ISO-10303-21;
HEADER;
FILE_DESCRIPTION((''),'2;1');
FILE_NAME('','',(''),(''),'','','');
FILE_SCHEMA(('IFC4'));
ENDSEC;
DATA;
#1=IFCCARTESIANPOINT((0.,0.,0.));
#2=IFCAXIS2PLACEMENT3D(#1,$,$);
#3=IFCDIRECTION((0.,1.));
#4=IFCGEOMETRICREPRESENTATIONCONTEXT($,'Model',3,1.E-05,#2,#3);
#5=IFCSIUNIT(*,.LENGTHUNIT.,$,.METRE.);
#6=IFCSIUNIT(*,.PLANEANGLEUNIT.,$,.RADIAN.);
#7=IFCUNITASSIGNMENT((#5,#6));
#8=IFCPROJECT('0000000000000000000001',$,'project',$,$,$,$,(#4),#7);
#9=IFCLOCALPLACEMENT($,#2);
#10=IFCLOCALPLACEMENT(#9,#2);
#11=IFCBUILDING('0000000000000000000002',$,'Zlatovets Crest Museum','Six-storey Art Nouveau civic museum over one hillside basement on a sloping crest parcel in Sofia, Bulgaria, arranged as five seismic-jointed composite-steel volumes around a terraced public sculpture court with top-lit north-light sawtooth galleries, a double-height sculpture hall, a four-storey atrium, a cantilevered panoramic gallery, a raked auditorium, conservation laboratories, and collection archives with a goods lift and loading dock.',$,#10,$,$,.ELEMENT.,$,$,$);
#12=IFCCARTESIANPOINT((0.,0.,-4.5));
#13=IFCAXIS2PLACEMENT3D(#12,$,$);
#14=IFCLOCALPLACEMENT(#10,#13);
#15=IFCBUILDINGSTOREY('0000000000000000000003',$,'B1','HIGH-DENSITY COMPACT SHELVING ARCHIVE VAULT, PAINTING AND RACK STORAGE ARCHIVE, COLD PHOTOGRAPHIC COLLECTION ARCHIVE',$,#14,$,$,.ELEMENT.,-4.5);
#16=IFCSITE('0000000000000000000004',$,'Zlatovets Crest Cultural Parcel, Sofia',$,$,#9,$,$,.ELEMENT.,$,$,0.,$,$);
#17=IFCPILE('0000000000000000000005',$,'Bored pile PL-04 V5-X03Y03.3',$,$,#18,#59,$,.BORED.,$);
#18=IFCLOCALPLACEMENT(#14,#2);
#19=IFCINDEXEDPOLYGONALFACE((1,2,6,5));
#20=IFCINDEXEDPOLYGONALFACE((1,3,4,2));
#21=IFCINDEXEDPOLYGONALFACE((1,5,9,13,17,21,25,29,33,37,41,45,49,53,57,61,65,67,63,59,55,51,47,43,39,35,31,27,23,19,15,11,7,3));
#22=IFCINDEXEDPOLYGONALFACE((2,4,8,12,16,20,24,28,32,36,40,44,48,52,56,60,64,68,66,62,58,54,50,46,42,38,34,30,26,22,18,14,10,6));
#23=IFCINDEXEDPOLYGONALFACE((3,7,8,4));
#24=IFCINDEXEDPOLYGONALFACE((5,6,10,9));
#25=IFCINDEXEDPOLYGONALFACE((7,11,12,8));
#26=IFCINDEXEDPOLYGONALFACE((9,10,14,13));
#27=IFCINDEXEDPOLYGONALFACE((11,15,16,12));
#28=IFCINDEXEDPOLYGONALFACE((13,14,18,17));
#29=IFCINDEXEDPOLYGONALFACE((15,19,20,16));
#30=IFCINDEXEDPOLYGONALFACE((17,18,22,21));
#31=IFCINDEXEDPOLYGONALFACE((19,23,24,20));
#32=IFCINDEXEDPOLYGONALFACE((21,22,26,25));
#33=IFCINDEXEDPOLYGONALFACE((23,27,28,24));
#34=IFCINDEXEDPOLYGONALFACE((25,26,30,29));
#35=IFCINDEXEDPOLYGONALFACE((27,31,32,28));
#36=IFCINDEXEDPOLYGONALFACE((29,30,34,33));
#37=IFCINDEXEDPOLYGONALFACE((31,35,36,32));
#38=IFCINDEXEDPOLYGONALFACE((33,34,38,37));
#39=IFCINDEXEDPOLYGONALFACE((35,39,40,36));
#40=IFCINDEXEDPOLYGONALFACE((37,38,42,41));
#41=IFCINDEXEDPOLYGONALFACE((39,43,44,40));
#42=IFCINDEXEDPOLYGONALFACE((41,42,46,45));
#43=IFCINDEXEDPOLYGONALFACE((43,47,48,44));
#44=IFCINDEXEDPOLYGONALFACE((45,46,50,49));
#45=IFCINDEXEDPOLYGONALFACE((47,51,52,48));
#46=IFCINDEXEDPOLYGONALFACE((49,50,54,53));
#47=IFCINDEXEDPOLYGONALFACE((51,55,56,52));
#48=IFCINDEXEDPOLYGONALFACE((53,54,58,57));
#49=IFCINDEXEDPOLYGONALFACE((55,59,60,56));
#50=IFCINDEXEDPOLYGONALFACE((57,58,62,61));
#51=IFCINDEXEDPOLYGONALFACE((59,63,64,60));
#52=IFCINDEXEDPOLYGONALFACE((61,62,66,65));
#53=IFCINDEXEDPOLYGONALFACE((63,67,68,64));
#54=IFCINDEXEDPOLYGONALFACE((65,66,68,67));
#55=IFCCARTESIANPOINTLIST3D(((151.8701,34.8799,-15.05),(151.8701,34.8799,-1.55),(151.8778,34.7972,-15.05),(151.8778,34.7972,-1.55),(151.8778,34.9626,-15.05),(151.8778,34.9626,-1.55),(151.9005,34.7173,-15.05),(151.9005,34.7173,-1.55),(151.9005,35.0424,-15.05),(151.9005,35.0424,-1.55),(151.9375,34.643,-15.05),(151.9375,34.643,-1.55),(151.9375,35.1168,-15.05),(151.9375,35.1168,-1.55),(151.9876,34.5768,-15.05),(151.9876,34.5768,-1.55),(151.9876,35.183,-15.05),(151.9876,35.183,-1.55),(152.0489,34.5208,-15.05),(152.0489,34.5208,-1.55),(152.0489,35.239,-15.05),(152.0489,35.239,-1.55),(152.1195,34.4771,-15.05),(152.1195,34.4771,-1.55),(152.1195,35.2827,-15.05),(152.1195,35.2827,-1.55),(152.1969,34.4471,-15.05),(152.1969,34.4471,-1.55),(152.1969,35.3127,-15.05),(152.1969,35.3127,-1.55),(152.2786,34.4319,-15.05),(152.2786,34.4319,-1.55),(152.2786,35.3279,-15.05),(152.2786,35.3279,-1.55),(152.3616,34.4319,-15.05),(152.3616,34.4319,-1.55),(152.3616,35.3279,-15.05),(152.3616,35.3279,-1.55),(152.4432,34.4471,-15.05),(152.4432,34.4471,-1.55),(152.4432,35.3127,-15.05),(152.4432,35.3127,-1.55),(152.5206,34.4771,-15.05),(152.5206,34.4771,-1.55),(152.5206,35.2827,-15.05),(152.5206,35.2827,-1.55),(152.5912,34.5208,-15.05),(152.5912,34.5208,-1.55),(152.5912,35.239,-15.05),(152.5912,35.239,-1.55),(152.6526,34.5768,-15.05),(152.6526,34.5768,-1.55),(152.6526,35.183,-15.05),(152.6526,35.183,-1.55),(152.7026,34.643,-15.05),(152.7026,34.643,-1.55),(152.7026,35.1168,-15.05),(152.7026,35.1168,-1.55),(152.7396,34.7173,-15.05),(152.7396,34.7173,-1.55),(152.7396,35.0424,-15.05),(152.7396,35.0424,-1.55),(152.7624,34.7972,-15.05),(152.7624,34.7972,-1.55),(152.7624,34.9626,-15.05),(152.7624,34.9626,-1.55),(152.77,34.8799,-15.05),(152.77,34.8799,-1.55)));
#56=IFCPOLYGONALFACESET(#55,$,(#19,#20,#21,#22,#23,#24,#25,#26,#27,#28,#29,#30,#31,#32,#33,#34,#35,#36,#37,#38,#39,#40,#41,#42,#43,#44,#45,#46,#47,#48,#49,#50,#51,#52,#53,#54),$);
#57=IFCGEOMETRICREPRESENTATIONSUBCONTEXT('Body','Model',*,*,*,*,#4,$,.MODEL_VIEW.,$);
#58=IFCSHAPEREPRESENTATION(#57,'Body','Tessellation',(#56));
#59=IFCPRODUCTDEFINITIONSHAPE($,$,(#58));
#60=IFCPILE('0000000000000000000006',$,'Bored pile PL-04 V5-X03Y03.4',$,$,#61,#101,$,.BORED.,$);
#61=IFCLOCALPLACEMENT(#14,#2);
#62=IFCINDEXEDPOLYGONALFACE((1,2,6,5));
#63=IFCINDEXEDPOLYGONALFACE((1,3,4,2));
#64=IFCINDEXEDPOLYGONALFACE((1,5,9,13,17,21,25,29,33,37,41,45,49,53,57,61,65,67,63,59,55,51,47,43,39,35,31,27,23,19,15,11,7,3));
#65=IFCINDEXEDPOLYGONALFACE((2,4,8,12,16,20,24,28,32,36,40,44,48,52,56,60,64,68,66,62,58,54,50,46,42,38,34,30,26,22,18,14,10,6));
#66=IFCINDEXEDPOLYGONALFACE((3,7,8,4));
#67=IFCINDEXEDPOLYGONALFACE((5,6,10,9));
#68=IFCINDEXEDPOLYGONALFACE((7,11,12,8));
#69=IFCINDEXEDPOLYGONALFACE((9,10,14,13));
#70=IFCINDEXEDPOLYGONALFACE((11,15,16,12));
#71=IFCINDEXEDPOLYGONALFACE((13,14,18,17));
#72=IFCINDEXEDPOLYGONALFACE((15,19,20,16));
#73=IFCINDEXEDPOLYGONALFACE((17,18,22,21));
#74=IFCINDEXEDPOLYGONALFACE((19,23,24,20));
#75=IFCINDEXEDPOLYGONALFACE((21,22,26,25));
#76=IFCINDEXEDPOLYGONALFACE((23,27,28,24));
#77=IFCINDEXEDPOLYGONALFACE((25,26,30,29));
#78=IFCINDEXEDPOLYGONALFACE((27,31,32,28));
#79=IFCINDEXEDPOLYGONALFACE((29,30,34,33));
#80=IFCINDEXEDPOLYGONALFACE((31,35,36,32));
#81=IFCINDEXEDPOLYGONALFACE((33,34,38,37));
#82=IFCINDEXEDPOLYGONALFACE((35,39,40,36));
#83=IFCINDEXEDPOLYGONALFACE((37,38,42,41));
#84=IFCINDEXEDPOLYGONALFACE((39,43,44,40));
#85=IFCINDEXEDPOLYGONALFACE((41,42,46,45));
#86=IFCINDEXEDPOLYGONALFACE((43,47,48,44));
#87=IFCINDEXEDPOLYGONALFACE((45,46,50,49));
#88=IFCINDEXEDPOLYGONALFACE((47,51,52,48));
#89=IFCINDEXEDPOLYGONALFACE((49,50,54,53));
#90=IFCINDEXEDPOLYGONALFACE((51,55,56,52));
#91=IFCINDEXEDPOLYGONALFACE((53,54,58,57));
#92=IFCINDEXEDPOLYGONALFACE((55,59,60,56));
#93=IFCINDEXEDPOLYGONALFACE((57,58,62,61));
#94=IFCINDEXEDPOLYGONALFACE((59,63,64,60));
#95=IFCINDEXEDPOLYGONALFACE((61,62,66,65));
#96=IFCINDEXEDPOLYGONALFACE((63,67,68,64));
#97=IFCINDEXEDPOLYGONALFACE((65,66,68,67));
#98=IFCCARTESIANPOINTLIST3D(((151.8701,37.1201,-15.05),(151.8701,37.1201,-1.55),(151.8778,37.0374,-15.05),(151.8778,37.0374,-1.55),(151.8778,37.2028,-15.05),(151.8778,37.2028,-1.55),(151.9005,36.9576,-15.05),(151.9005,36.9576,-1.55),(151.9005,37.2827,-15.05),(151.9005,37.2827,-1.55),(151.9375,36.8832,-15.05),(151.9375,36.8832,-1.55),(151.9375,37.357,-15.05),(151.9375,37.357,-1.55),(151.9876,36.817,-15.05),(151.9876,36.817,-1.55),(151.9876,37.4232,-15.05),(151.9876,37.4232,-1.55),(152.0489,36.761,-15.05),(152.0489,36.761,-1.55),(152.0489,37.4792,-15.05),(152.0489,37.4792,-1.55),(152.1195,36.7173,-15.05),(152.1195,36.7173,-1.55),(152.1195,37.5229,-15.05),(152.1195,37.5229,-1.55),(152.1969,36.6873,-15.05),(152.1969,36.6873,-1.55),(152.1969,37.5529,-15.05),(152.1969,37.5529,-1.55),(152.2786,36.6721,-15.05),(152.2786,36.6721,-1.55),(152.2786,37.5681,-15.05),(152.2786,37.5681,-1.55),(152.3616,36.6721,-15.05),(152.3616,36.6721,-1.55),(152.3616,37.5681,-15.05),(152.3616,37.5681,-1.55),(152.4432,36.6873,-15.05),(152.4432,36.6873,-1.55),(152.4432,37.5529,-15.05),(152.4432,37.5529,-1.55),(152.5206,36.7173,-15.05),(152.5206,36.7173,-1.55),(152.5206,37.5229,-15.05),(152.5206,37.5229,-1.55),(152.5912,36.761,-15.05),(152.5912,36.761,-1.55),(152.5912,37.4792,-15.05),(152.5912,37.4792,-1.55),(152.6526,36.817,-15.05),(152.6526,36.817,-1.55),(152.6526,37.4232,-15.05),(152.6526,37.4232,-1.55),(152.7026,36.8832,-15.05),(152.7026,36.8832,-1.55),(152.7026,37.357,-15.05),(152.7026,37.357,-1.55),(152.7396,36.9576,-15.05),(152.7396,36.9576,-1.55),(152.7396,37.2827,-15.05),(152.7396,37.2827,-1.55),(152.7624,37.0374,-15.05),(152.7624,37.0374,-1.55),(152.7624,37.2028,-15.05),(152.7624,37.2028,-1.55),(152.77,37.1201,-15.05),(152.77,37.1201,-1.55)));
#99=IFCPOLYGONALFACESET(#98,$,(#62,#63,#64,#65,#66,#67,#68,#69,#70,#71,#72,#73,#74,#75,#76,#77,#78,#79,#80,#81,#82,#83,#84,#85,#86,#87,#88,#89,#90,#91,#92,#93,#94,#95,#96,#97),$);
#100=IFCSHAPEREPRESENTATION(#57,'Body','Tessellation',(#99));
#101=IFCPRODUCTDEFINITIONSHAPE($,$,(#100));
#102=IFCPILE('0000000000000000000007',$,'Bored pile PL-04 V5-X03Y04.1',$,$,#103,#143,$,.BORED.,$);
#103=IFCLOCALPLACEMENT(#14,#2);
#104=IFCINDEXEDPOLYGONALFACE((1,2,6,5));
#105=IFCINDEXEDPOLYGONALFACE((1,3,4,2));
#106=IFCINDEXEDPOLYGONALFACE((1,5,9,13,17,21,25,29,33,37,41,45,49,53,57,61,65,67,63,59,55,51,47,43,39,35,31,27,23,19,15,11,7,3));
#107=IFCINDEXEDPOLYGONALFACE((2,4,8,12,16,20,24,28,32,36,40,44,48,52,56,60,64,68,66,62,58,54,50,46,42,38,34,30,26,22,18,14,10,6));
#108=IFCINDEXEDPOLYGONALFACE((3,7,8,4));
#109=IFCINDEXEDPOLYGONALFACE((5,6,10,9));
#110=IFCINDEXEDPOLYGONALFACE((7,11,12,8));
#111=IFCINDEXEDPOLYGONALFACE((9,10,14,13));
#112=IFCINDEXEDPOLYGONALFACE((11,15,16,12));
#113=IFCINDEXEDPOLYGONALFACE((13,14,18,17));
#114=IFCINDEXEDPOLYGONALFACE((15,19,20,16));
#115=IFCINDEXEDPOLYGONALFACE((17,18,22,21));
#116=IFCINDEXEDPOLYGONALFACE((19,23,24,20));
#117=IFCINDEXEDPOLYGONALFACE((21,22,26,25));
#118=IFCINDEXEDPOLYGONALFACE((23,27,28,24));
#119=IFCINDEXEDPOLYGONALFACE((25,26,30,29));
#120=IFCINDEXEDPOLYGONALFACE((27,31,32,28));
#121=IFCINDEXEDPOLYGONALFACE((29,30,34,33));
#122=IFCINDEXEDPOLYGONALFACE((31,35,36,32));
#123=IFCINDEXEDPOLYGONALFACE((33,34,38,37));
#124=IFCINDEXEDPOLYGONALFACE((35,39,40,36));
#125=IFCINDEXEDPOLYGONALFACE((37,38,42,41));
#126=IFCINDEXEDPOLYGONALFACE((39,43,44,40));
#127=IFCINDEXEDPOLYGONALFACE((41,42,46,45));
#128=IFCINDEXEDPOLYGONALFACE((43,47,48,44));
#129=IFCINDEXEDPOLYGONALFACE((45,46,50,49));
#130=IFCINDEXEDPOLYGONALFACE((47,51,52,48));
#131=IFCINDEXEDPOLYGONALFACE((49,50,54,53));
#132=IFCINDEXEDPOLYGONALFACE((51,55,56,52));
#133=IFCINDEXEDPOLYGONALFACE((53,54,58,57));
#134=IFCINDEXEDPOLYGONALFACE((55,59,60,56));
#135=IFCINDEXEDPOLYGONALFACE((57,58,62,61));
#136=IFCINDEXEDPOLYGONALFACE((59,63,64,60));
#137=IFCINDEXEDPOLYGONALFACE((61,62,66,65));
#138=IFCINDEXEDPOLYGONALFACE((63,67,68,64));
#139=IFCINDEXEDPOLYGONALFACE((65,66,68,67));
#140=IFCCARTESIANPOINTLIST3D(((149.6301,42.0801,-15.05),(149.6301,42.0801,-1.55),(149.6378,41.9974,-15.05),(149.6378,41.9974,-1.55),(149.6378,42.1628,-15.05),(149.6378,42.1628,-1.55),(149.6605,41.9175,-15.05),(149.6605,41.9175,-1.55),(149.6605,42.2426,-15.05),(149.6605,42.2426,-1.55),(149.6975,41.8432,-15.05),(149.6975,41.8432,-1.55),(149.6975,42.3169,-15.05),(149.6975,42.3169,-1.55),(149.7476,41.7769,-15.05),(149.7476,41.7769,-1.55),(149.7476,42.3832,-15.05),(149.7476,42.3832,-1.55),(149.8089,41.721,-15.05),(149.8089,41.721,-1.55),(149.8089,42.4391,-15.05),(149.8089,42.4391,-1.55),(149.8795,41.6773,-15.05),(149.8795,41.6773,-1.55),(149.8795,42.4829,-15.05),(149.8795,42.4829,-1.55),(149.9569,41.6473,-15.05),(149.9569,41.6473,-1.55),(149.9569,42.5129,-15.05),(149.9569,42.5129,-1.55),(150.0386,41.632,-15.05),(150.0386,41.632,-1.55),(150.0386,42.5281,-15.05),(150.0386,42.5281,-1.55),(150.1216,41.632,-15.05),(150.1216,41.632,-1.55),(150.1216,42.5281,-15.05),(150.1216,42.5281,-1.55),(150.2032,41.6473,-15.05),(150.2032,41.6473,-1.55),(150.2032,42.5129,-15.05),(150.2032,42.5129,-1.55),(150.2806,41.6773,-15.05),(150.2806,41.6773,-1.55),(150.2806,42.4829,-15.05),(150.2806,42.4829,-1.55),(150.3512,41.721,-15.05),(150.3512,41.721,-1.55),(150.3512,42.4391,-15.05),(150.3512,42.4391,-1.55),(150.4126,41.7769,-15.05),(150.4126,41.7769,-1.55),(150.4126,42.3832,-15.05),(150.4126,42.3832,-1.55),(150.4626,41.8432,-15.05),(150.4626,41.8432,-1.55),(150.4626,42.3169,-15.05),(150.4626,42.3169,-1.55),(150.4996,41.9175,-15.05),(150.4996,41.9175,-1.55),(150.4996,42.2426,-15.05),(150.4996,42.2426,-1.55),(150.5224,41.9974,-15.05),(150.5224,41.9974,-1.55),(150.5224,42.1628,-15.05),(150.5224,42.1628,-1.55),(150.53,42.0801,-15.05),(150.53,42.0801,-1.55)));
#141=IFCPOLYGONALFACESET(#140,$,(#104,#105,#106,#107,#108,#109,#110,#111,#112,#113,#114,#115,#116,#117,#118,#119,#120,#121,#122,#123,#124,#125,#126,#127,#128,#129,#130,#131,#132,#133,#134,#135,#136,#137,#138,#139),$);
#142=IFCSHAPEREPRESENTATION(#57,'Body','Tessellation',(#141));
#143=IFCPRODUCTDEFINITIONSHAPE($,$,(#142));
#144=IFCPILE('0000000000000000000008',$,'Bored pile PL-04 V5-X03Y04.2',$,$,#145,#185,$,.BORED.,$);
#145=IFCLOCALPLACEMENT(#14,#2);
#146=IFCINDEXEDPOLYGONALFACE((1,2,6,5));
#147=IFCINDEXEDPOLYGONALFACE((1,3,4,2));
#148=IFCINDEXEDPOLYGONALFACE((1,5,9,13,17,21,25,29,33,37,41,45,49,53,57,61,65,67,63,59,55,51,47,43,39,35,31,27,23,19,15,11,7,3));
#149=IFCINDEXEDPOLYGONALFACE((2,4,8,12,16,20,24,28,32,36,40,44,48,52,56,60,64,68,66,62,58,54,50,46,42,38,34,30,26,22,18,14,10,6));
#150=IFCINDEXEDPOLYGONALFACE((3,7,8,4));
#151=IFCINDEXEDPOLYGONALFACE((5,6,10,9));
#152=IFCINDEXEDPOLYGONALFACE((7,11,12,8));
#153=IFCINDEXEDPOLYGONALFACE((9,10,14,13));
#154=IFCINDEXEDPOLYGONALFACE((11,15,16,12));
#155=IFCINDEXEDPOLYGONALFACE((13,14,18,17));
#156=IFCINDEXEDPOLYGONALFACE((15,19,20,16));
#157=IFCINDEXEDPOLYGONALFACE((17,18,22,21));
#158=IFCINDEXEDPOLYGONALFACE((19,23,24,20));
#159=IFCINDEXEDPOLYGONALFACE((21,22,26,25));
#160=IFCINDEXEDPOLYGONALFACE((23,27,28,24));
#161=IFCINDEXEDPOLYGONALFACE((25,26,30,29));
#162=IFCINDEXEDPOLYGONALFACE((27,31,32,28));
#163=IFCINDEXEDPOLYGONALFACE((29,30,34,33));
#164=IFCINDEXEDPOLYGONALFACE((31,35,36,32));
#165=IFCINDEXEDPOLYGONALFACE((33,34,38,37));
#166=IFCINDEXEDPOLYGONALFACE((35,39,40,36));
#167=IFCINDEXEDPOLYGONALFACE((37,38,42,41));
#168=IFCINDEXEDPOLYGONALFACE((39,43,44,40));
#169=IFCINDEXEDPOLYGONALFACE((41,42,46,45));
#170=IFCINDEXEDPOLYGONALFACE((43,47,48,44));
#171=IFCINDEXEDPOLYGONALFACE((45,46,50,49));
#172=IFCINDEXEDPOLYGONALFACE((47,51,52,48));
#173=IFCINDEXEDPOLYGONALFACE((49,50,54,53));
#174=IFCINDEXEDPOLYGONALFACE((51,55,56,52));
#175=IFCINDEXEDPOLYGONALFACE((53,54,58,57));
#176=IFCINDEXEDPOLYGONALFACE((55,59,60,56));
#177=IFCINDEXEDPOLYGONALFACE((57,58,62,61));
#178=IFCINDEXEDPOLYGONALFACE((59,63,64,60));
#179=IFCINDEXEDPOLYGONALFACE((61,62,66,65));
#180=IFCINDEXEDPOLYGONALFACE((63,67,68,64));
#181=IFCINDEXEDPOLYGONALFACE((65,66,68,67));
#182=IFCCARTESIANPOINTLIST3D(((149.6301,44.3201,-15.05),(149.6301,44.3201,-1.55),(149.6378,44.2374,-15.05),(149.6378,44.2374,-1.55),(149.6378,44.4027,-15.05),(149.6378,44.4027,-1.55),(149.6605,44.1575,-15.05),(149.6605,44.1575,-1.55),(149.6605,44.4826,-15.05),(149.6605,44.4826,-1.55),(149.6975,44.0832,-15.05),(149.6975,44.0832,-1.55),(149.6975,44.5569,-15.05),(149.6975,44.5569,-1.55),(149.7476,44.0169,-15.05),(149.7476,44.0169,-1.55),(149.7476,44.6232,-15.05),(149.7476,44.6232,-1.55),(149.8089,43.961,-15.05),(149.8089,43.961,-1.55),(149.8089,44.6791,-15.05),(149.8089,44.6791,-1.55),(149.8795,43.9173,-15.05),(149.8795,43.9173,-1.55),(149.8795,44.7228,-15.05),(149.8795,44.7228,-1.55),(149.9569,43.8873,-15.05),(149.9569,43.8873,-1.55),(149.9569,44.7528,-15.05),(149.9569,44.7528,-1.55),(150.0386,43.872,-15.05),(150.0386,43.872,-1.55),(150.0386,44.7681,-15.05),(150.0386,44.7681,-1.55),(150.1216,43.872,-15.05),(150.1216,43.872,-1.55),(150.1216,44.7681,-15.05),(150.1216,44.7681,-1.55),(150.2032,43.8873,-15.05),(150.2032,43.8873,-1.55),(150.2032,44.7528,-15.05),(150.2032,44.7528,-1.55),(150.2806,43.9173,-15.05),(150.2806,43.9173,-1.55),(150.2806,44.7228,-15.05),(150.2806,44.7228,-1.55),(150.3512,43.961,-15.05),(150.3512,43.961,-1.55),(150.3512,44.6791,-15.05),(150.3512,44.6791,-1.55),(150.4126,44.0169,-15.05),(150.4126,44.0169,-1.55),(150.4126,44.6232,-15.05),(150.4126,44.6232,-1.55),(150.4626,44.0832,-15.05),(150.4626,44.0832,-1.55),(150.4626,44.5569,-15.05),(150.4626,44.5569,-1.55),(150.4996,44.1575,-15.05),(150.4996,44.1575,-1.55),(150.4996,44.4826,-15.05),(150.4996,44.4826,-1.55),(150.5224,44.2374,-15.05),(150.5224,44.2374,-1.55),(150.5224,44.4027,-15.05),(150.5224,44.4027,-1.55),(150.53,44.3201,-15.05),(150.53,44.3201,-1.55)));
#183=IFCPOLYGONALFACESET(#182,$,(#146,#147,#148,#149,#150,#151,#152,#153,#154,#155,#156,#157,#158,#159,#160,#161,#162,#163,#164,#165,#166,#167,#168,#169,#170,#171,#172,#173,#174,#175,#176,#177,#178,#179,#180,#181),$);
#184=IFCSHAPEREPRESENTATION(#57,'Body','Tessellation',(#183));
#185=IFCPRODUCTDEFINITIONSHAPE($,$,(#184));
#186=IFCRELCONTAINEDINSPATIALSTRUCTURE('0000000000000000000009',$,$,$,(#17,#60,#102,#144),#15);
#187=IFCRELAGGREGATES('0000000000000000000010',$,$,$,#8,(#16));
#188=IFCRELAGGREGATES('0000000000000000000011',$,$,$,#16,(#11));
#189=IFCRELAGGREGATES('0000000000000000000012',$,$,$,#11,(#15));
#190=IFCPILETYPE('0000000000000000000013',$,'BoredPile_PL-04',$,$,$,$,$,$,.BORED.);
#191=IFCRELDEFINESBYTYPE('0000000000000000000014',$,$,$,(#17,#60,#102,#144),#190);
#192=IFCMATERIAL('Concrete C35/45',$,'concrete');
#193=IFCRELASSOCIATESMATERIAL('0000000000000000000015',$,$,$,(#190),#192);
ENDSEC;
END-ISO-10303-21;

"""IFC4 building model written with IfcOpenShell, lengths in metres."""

from ifc_helpers import new_model, si_unit, direction, frame, origin, origin_2d, place, context, subcontext, project, spatial, circle, extrude, material, material_profile, profile_set, type_object, element, save


model = new_model("IFC4")

# Units and contexts
model_context = context("Model", 3, precision=1e-05, world=origin(), true_north=direction((0.0, 1.0)))
body_context = subcontext(model_context, "Body", "Model", "MODEL_VIEW")
ifc_project = project(units=[si_unit("LENGTHUNIT", "METRE"), si_unit("PLANEANGLEUNIT", "RADIAN")], contexts=[model_context])

# Site, building, storey
site_placement = place(None, origin())
site = spatial("IfcSite", under=ifc_project, at=site_placement, Name="Zlatovets Crest Cultural Parcel, Sofia", CompositionType="ELEMENT", RefElevation=0.0)
building_placement = place(site_placement, origin())
building = spatial("IfcBuilding", under=site, at=building_placement, Name="Zlatovets Crest Museum", Description="Six-storey Art Nouveau civic museum over one hillside basement on a sloping crest parcel in Sofia, Bulgaria, arranged as five seismic-jointed composite-steel volumes around a terraced public sculpture court with top-lit north-light sawtooth galleries, a double-height sculpture hall, a four-storey atrium, a cantilevered panoramic gallery, a raked auditorium, conservation laboratories, and collection archives with a goods lift and loading dock.", CompositionType="ELEMENT")
storey_placement = place(building_placement, frame((0.0, 0.0, -4.5)))
storey = spatial("IfcBuildingStorey", under=building, at=storey_placement, Name="B1", Description="HIGH-DENSITY COMPACT SHELVING ARCHIVE VAULT, PAINTING AND RACK STORAGE ARCHIVE, COLD PHOTOGRAPHIC COLLECTION ARCHIVE", CompositionType="ELEMENT", Elevation=-4.5)

# Piles
ifc_material = material(Name="Concrete C35/45", Category="concrete")
ifc_material_profile_1 = material_profile(ifc_material, circle(Radius=0.45, at=origin_2d()), Name="PILE D900")
ifc_profile_set_1 = profile_set([ifc_material_profile_1], Name="Concrete C35/45")
pile_type = type_object("IfcPileType", Name="BoredPile_PL-04", PredefinedType="BORED", material=ifc_profile_set_1)
for number, where, z_axis, x_axis, name in (
    (1, (152.3201, 34.8799, -1.55), (0.0, 0.0, -1.0), (1.0, 0.0, 0.0), "Bored pile PL-04 V5-X03Y03.3"),
    (2, (152.3201, 37.1201, -1.55), (0.0, 0.0, -1.0), (1.0, 0.0, 0.0), "Bored pile PL-04 V5-X03Y03.4"),
    (3, (150.0801, 42.0801, -1.55), (0.0, 0.0, -1.0), (1.0, 0.0, 0.0), "Bored pile PL-04 V5-X03Y04.1"),
    (4, (150.0801, 44.3201, -1.55), (0.0, 0.0, -1.0), (1.0, 0.0, 0.0), "Bored pile PL-04 V5-X03Y04.2"),
):
    element("IfcPile", number, at=place(storey_placement, frame(where, z_axis=z_axis, x_axis=x_axis)), inside=storey, type_object=pile_type, Name=name, PredefinedType="BORED", context=body_context, shape_type="SweptSolid", body=[
        extrude(circle(Radius=0.45, at=origin_2d()), origin(), (0.0, 0.0, 1.0), 13.5),
    ])

save(model, "model.ifc")
